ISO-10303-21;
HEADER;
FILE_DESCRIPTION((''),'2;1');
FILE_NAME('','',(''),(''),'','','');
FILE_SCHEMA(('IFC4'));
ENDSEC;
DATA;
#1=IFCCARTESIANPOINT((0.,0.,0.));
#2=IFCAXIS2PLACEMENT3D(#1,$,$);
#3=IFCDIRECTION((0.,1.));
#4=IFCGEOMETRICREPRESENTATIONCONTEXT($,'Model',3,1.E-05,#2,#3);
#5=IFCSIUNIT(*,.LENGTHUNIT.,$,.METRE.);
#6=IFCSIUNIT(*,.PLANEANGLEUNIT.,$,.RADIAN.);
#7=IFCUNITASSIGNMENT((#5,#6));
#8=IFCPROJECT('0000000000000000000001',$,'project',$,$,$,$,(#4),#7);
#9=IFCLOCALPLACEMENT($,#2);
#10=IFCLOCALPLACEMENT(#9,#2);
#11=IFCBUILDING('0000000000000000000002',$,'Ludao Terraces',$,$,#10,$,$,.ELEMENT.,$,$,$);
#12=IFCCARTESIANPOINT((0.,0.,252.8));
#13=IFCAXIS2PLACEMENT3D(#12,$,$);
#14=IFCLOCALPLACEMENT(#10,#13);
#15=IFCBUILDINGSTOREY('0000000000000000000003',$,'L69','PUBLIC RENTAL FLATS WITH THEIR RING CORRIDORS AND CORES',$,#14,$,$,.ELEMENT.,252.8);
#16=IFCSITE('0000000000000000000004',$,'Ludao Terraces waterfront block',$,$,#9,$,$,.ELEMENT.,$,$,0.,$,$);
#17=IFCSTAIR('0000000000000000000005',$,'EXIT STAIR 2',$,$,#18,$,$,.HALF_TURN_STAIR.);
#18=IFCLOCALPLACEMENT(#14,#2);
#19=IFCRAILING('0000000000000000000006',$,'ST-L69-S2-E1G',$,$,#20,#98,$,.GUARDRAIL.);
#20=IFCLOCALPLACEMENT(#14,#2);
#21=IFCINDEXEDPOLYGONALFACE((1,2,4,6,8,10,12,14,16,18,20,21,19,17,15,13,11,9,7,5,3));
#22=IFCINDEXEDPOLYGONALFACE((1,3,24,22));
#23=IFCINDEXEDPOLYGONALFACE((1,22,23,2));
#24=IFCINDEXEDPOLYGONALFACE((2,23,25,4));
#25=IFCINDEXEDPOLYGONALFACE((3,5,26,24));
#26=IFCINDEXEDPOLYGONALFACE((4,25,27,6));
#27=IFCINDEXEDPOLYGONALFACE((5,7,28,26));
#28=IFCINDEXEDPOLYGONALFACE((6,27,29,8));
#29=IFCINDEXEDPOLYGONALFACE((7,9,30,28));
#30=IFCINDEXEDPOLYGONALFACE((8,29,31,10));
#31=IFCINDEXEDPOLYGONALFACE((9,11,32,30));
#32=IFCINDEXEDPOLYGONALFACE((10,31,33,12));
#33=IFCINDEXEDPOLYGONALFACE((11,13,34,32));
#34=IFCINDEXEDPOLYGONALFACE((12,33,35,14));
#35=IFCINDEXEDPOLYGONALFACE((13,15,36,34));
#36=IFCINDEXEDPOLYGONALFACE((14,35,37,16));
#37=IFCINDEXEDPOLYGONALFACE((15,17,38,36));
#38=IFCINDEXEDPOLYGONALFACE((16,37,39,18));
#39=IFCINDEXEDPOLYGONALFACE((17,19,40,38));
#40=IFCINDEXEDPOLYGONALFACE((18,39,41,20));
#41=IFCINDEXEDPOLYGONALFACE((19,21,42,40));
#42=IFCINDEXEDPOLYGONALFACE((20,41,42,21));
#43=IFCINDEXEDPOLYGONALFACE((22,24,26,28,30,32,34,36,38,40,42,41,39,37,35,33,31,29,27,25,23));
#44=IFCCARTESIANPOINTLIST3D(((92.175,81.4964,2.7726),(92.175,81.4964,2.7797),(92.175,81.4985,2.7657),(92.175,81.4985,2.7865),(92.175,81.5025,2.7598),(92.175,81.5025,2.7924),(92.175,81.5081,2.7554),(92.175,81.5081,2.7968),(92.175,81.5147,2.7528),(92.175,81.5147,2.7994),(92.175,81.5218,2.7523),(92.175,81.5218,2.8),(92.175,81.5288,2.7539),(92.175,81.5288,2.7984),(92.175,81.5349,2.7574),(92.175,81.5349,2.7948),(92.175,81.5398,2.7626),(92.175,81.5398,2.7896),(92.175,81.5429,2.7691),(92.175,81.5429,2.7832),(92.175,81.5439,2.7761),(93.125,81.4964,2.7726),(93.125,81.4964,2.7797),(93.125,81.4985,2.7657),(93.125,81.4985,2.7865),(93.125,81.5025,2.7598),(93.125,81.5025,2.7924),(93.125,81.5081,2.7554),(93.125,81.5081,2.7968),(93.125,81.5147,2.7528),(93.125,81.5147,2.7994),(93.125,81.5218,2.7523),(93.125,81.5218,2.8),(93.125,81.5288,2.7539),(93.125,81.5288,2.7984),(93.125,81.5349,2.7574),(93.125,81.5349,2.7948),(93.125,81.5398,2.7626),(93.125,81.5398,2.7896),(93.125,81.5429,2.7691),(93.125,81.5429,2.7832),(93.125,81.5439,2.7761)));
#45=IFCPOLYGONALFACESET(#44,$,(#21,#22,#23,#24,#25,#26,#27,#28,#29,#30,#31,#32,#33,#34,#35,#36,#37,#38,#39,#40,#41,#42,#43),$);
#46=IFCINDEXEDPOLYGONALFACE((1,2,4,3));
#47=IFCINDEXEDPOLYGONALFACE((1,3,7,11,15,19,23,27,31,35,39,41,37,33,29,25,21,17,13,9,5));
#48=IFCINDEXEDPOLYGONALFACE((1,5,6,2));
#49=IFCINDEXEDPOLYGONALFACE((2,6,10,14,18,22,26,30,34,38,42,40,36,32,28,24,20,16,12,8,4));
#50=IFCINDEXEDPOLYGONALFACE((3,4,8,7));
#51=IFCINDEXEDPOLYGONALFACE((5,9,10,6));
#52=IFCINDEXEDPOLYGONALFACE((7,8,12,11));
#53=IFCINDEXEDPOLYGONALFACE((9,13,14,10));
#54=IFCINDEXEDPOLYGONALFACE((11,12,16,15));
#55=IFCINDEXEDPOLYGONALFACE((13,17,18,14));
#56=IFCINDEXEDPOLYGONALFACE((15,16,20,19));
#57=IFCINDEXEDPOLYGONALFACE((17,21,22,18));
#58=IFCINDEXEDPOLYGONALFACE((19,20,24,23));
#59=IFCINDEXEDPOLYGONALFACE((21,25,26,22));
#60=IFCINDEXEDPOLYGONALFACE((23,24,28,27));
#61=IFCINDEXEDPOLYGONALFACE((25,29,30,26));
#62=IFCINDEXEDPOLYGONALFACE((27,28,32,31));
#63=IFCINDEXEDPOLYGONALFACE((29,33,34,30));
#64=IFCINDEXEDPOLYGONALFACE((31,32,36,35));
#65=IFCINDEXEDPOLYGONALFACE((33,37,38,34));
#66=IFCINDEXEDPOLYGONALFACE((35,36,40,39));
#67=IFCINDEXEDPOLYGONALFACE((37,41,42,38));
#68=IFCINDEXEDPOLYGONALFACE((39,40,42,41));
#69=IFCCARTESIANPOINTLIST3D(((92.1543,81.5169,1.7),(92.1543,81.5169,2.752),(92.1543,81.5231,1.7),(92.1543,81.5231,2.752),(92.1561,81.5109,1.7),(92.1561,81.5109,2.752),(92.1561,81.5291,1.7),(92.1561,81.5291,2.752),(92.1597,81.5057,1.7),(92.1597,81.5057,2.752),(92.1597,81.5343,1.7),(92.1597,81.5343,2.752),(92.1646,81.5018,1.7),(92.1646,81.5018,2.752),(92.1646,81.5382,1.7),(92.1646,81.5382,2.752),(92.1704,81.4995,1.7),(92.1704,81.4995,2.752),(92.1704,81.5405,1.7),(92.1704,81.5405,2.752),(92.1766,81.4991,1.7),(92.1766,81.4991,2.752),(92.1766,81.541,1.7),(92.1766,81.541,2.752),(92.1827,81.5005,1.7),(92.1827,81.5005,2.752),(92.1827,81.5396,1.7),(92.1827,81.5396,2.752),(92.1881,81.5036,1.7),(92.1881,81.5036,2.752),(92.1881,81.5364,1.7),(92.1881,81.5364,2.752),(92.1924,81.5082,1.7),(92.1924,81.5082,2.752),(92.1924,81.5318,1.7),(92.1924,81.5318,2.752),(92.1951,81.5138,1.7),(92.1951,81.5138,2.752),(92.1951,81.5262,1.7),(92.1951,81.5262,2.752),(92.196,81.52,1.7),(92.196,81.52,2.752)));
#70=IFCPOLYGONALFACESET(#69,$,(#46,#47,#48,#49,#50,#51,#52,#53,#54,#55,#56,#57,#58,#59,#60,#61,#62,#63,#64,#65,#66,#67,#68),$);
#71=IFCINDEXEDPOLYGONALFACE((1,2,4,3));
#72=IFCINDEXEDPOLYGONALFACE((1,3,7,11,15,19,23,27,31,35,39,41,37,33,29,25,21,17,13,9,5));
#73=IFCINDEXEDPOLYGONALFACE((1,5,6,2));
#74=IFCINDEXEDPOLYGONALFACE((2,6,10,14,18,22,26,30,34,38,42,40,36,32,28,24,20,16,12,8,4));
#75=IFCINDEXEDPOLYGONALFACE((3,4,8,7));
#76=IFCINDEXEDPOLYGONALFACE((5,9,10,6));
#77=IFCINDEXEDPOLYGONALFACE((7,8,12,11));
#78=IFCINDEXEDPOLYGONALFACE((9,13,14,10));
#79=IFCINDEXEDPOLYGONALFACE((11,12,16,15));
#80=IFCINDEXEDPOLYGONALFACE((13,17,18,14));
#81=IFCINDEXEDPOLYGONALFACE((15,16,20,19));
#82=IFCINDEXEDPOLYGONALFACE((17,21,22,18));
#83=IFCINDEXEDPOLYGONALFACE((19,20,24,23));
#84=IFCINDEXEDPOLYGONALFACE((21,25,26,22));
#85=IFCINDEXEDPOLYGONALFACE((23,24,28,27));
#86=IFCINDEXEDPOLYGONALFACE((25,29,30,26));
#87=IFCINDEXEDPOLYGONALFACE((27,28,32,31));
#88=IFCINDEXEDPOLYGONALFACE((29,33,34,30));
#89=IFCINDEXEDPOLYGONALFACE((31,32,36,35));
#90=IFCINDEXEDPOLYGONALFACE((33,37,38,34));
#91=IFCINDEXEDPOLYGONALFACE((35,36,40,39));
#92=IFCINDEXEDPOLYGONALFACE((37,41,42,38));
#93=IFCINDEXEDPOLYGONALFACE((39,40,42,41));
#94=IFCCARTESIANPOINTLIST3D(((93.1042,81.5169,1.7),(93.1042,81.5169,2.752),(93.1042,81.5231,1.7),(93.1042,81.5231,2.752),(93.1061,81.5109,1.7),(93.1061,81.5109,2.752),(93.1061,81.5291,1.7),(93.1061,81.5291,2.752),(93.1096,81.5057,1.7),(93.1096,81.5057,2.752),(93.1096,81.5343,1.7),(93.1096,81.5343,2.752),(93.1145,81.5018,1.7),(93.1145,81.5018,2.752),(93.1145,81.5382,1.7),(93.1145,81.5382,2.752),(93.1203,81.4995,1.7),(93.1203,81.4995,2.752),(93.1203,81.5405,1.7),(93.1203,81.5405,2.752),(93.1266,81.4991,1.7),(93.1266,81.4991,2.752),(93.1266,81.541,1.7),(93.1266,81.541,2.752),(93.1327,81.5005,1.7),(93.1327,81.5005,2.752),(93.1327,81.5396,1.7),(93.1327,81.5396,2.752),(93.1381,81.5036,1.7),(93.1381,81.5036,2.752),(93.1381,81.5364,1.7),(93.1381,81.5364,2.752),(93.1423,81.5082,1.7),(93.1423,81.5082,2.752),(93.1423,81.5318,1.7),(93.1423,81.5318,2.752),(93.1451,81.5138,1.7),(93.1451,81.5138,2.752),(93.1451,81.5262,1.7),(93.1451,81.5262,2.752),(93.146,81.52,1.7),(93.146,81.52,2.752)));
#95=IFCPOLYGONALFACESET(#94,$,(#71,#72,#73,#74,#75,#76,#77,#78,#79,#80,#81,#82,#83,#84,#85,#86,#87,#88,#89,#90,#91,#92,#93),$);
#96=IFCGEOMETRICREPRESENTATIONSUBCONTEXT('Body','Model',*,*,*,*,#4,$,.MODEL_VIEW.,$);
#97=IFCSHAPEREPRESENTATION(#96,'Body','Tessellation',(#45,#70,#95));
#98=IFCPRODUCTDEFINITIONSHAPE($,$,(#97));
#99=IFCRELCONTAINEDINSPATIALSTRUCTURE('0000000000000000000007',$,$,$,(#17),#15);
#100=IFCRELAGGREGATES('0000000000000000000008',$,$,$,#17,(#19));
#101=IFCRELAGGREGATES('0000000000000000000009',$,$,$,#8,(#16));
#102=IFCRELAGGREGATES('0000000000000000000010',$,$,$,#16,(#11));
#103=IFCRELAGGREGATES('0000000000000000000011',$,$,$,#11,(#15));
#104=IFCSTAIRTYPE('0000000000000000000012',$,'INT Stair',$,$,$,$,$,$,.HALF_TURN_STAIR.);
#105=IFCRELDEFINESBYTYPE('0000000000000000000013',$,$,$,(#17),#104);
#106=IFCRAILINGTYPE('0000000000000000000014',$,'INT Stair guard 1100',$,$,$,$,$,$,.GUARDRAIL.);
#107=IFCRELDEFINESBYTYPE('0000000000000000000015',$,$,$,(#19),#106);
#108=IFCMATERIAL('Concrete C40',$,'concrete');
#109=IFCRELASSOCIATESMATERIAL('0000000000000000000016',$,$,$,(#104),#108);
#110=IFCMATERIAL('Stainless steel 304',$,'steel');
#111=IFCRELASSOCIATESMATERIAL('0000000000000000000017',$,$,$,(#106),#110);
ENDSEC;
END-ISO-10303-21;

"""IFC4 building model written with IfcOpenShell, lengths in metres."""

from ifc_helpers import new_model, si_unit, direction, frame, origin, origin_2d, place, context, subcontext, project, spatial, circle, extrude, material, type_object, element, aggregate, save


model = new_model("IFC4")

# Units and contexts
model_context = context("Model", 3, precision=1e-05, world=origin(), true_north=direction((0.0, 1.0)))
body_context = subcontext(model_context, "Body", "Model", "MODEL_VIEW")
ifc_project = project(units=[si_unit("LENGTHUNIT", "METRE"), si_unit("PLANEANGLEUNIT", "RADIAN")], contexts=[model_context])

# Site, building, storey
site_placement = place(None, origin())
site = spatial("IfcSite", under=ifc_project, at=site_placement, Name="Ludao Terraces waterfront block", CompositionType="ELEMENT", RefElevation=0.0)
building_placement = place(site_placement, origin())
building = spatial("IfcBuilding", under=site, at=building_placement, Name="Ludao Terraces", CompositionType="ELEMENT")
storey_placement = place(building_placement, frame((0.0, 0.0, 252.8)))
storey = spatial("IfcBuildingStorey", under=building, at=storey_placement, Name="L69", Description="PUBLIC RENTAL FLATS WITH THEIR RING CORRIDORS AND CORES", CompositionType="ELEMENT", Elevation=252.8)

# Shared definitions
ifc_material_1 = material(Name="Stainless steel 304", Category="steel")

# Stair, railing
ifc_material_2 = material(Name="Concrete C40", Category="concrete")
stair_type = type_object("IfcStairType", Name="INT Stair", PredefinedType="HALF_TURN_STAIR", material=ifc_material_2)
stair_placement = place(storey_placement, origin())
stair = element("IfcStair", 1, at=stair_placement, inside=storey, type_object=stair_type, Name="EXIT STAIR 2", PredefinedType="HALF_TURN_STAIR")
railing_type = type_object("IfcRailingType", Name="INT Stair guard 1100", PredefinedType="GUARDRAIL", material=ifc_material_1)
railing_1_placement = place(storey_placement, frame((92.175, 81.52, 1.7)))
railing_1 = element("IfcRailing", 2, at=railing_1_placement, type_object=railing_type, Name="ST-L69-S2-E1G", PredefinedType="GUARDRAIL", context=body_context, shape_type="SweptSolid", body=[
    extrude(circle(Radius=0.0239, at=origin_2d()), frame((0.0, 0.0, 1.0762), z_axis=(1.0, 0.0, 0.0), x_axis=(0.0, 1.0, 0.0)), (0.0, 0.0, 1.0), 0.95),
    extrude(circle(Radius=0.021, at=origin_2d()), origin(), (0.0, 0.0, 1.0), 1.052),
    extrude(circle(Radius=0.021, at=origin_2d()), frame((0.95, 0.0, 0.0)), (0.0, 0.0, 1.0), 1.052),
])
aggregate(stair, [railing_1])

save(model, "model.ifc")
